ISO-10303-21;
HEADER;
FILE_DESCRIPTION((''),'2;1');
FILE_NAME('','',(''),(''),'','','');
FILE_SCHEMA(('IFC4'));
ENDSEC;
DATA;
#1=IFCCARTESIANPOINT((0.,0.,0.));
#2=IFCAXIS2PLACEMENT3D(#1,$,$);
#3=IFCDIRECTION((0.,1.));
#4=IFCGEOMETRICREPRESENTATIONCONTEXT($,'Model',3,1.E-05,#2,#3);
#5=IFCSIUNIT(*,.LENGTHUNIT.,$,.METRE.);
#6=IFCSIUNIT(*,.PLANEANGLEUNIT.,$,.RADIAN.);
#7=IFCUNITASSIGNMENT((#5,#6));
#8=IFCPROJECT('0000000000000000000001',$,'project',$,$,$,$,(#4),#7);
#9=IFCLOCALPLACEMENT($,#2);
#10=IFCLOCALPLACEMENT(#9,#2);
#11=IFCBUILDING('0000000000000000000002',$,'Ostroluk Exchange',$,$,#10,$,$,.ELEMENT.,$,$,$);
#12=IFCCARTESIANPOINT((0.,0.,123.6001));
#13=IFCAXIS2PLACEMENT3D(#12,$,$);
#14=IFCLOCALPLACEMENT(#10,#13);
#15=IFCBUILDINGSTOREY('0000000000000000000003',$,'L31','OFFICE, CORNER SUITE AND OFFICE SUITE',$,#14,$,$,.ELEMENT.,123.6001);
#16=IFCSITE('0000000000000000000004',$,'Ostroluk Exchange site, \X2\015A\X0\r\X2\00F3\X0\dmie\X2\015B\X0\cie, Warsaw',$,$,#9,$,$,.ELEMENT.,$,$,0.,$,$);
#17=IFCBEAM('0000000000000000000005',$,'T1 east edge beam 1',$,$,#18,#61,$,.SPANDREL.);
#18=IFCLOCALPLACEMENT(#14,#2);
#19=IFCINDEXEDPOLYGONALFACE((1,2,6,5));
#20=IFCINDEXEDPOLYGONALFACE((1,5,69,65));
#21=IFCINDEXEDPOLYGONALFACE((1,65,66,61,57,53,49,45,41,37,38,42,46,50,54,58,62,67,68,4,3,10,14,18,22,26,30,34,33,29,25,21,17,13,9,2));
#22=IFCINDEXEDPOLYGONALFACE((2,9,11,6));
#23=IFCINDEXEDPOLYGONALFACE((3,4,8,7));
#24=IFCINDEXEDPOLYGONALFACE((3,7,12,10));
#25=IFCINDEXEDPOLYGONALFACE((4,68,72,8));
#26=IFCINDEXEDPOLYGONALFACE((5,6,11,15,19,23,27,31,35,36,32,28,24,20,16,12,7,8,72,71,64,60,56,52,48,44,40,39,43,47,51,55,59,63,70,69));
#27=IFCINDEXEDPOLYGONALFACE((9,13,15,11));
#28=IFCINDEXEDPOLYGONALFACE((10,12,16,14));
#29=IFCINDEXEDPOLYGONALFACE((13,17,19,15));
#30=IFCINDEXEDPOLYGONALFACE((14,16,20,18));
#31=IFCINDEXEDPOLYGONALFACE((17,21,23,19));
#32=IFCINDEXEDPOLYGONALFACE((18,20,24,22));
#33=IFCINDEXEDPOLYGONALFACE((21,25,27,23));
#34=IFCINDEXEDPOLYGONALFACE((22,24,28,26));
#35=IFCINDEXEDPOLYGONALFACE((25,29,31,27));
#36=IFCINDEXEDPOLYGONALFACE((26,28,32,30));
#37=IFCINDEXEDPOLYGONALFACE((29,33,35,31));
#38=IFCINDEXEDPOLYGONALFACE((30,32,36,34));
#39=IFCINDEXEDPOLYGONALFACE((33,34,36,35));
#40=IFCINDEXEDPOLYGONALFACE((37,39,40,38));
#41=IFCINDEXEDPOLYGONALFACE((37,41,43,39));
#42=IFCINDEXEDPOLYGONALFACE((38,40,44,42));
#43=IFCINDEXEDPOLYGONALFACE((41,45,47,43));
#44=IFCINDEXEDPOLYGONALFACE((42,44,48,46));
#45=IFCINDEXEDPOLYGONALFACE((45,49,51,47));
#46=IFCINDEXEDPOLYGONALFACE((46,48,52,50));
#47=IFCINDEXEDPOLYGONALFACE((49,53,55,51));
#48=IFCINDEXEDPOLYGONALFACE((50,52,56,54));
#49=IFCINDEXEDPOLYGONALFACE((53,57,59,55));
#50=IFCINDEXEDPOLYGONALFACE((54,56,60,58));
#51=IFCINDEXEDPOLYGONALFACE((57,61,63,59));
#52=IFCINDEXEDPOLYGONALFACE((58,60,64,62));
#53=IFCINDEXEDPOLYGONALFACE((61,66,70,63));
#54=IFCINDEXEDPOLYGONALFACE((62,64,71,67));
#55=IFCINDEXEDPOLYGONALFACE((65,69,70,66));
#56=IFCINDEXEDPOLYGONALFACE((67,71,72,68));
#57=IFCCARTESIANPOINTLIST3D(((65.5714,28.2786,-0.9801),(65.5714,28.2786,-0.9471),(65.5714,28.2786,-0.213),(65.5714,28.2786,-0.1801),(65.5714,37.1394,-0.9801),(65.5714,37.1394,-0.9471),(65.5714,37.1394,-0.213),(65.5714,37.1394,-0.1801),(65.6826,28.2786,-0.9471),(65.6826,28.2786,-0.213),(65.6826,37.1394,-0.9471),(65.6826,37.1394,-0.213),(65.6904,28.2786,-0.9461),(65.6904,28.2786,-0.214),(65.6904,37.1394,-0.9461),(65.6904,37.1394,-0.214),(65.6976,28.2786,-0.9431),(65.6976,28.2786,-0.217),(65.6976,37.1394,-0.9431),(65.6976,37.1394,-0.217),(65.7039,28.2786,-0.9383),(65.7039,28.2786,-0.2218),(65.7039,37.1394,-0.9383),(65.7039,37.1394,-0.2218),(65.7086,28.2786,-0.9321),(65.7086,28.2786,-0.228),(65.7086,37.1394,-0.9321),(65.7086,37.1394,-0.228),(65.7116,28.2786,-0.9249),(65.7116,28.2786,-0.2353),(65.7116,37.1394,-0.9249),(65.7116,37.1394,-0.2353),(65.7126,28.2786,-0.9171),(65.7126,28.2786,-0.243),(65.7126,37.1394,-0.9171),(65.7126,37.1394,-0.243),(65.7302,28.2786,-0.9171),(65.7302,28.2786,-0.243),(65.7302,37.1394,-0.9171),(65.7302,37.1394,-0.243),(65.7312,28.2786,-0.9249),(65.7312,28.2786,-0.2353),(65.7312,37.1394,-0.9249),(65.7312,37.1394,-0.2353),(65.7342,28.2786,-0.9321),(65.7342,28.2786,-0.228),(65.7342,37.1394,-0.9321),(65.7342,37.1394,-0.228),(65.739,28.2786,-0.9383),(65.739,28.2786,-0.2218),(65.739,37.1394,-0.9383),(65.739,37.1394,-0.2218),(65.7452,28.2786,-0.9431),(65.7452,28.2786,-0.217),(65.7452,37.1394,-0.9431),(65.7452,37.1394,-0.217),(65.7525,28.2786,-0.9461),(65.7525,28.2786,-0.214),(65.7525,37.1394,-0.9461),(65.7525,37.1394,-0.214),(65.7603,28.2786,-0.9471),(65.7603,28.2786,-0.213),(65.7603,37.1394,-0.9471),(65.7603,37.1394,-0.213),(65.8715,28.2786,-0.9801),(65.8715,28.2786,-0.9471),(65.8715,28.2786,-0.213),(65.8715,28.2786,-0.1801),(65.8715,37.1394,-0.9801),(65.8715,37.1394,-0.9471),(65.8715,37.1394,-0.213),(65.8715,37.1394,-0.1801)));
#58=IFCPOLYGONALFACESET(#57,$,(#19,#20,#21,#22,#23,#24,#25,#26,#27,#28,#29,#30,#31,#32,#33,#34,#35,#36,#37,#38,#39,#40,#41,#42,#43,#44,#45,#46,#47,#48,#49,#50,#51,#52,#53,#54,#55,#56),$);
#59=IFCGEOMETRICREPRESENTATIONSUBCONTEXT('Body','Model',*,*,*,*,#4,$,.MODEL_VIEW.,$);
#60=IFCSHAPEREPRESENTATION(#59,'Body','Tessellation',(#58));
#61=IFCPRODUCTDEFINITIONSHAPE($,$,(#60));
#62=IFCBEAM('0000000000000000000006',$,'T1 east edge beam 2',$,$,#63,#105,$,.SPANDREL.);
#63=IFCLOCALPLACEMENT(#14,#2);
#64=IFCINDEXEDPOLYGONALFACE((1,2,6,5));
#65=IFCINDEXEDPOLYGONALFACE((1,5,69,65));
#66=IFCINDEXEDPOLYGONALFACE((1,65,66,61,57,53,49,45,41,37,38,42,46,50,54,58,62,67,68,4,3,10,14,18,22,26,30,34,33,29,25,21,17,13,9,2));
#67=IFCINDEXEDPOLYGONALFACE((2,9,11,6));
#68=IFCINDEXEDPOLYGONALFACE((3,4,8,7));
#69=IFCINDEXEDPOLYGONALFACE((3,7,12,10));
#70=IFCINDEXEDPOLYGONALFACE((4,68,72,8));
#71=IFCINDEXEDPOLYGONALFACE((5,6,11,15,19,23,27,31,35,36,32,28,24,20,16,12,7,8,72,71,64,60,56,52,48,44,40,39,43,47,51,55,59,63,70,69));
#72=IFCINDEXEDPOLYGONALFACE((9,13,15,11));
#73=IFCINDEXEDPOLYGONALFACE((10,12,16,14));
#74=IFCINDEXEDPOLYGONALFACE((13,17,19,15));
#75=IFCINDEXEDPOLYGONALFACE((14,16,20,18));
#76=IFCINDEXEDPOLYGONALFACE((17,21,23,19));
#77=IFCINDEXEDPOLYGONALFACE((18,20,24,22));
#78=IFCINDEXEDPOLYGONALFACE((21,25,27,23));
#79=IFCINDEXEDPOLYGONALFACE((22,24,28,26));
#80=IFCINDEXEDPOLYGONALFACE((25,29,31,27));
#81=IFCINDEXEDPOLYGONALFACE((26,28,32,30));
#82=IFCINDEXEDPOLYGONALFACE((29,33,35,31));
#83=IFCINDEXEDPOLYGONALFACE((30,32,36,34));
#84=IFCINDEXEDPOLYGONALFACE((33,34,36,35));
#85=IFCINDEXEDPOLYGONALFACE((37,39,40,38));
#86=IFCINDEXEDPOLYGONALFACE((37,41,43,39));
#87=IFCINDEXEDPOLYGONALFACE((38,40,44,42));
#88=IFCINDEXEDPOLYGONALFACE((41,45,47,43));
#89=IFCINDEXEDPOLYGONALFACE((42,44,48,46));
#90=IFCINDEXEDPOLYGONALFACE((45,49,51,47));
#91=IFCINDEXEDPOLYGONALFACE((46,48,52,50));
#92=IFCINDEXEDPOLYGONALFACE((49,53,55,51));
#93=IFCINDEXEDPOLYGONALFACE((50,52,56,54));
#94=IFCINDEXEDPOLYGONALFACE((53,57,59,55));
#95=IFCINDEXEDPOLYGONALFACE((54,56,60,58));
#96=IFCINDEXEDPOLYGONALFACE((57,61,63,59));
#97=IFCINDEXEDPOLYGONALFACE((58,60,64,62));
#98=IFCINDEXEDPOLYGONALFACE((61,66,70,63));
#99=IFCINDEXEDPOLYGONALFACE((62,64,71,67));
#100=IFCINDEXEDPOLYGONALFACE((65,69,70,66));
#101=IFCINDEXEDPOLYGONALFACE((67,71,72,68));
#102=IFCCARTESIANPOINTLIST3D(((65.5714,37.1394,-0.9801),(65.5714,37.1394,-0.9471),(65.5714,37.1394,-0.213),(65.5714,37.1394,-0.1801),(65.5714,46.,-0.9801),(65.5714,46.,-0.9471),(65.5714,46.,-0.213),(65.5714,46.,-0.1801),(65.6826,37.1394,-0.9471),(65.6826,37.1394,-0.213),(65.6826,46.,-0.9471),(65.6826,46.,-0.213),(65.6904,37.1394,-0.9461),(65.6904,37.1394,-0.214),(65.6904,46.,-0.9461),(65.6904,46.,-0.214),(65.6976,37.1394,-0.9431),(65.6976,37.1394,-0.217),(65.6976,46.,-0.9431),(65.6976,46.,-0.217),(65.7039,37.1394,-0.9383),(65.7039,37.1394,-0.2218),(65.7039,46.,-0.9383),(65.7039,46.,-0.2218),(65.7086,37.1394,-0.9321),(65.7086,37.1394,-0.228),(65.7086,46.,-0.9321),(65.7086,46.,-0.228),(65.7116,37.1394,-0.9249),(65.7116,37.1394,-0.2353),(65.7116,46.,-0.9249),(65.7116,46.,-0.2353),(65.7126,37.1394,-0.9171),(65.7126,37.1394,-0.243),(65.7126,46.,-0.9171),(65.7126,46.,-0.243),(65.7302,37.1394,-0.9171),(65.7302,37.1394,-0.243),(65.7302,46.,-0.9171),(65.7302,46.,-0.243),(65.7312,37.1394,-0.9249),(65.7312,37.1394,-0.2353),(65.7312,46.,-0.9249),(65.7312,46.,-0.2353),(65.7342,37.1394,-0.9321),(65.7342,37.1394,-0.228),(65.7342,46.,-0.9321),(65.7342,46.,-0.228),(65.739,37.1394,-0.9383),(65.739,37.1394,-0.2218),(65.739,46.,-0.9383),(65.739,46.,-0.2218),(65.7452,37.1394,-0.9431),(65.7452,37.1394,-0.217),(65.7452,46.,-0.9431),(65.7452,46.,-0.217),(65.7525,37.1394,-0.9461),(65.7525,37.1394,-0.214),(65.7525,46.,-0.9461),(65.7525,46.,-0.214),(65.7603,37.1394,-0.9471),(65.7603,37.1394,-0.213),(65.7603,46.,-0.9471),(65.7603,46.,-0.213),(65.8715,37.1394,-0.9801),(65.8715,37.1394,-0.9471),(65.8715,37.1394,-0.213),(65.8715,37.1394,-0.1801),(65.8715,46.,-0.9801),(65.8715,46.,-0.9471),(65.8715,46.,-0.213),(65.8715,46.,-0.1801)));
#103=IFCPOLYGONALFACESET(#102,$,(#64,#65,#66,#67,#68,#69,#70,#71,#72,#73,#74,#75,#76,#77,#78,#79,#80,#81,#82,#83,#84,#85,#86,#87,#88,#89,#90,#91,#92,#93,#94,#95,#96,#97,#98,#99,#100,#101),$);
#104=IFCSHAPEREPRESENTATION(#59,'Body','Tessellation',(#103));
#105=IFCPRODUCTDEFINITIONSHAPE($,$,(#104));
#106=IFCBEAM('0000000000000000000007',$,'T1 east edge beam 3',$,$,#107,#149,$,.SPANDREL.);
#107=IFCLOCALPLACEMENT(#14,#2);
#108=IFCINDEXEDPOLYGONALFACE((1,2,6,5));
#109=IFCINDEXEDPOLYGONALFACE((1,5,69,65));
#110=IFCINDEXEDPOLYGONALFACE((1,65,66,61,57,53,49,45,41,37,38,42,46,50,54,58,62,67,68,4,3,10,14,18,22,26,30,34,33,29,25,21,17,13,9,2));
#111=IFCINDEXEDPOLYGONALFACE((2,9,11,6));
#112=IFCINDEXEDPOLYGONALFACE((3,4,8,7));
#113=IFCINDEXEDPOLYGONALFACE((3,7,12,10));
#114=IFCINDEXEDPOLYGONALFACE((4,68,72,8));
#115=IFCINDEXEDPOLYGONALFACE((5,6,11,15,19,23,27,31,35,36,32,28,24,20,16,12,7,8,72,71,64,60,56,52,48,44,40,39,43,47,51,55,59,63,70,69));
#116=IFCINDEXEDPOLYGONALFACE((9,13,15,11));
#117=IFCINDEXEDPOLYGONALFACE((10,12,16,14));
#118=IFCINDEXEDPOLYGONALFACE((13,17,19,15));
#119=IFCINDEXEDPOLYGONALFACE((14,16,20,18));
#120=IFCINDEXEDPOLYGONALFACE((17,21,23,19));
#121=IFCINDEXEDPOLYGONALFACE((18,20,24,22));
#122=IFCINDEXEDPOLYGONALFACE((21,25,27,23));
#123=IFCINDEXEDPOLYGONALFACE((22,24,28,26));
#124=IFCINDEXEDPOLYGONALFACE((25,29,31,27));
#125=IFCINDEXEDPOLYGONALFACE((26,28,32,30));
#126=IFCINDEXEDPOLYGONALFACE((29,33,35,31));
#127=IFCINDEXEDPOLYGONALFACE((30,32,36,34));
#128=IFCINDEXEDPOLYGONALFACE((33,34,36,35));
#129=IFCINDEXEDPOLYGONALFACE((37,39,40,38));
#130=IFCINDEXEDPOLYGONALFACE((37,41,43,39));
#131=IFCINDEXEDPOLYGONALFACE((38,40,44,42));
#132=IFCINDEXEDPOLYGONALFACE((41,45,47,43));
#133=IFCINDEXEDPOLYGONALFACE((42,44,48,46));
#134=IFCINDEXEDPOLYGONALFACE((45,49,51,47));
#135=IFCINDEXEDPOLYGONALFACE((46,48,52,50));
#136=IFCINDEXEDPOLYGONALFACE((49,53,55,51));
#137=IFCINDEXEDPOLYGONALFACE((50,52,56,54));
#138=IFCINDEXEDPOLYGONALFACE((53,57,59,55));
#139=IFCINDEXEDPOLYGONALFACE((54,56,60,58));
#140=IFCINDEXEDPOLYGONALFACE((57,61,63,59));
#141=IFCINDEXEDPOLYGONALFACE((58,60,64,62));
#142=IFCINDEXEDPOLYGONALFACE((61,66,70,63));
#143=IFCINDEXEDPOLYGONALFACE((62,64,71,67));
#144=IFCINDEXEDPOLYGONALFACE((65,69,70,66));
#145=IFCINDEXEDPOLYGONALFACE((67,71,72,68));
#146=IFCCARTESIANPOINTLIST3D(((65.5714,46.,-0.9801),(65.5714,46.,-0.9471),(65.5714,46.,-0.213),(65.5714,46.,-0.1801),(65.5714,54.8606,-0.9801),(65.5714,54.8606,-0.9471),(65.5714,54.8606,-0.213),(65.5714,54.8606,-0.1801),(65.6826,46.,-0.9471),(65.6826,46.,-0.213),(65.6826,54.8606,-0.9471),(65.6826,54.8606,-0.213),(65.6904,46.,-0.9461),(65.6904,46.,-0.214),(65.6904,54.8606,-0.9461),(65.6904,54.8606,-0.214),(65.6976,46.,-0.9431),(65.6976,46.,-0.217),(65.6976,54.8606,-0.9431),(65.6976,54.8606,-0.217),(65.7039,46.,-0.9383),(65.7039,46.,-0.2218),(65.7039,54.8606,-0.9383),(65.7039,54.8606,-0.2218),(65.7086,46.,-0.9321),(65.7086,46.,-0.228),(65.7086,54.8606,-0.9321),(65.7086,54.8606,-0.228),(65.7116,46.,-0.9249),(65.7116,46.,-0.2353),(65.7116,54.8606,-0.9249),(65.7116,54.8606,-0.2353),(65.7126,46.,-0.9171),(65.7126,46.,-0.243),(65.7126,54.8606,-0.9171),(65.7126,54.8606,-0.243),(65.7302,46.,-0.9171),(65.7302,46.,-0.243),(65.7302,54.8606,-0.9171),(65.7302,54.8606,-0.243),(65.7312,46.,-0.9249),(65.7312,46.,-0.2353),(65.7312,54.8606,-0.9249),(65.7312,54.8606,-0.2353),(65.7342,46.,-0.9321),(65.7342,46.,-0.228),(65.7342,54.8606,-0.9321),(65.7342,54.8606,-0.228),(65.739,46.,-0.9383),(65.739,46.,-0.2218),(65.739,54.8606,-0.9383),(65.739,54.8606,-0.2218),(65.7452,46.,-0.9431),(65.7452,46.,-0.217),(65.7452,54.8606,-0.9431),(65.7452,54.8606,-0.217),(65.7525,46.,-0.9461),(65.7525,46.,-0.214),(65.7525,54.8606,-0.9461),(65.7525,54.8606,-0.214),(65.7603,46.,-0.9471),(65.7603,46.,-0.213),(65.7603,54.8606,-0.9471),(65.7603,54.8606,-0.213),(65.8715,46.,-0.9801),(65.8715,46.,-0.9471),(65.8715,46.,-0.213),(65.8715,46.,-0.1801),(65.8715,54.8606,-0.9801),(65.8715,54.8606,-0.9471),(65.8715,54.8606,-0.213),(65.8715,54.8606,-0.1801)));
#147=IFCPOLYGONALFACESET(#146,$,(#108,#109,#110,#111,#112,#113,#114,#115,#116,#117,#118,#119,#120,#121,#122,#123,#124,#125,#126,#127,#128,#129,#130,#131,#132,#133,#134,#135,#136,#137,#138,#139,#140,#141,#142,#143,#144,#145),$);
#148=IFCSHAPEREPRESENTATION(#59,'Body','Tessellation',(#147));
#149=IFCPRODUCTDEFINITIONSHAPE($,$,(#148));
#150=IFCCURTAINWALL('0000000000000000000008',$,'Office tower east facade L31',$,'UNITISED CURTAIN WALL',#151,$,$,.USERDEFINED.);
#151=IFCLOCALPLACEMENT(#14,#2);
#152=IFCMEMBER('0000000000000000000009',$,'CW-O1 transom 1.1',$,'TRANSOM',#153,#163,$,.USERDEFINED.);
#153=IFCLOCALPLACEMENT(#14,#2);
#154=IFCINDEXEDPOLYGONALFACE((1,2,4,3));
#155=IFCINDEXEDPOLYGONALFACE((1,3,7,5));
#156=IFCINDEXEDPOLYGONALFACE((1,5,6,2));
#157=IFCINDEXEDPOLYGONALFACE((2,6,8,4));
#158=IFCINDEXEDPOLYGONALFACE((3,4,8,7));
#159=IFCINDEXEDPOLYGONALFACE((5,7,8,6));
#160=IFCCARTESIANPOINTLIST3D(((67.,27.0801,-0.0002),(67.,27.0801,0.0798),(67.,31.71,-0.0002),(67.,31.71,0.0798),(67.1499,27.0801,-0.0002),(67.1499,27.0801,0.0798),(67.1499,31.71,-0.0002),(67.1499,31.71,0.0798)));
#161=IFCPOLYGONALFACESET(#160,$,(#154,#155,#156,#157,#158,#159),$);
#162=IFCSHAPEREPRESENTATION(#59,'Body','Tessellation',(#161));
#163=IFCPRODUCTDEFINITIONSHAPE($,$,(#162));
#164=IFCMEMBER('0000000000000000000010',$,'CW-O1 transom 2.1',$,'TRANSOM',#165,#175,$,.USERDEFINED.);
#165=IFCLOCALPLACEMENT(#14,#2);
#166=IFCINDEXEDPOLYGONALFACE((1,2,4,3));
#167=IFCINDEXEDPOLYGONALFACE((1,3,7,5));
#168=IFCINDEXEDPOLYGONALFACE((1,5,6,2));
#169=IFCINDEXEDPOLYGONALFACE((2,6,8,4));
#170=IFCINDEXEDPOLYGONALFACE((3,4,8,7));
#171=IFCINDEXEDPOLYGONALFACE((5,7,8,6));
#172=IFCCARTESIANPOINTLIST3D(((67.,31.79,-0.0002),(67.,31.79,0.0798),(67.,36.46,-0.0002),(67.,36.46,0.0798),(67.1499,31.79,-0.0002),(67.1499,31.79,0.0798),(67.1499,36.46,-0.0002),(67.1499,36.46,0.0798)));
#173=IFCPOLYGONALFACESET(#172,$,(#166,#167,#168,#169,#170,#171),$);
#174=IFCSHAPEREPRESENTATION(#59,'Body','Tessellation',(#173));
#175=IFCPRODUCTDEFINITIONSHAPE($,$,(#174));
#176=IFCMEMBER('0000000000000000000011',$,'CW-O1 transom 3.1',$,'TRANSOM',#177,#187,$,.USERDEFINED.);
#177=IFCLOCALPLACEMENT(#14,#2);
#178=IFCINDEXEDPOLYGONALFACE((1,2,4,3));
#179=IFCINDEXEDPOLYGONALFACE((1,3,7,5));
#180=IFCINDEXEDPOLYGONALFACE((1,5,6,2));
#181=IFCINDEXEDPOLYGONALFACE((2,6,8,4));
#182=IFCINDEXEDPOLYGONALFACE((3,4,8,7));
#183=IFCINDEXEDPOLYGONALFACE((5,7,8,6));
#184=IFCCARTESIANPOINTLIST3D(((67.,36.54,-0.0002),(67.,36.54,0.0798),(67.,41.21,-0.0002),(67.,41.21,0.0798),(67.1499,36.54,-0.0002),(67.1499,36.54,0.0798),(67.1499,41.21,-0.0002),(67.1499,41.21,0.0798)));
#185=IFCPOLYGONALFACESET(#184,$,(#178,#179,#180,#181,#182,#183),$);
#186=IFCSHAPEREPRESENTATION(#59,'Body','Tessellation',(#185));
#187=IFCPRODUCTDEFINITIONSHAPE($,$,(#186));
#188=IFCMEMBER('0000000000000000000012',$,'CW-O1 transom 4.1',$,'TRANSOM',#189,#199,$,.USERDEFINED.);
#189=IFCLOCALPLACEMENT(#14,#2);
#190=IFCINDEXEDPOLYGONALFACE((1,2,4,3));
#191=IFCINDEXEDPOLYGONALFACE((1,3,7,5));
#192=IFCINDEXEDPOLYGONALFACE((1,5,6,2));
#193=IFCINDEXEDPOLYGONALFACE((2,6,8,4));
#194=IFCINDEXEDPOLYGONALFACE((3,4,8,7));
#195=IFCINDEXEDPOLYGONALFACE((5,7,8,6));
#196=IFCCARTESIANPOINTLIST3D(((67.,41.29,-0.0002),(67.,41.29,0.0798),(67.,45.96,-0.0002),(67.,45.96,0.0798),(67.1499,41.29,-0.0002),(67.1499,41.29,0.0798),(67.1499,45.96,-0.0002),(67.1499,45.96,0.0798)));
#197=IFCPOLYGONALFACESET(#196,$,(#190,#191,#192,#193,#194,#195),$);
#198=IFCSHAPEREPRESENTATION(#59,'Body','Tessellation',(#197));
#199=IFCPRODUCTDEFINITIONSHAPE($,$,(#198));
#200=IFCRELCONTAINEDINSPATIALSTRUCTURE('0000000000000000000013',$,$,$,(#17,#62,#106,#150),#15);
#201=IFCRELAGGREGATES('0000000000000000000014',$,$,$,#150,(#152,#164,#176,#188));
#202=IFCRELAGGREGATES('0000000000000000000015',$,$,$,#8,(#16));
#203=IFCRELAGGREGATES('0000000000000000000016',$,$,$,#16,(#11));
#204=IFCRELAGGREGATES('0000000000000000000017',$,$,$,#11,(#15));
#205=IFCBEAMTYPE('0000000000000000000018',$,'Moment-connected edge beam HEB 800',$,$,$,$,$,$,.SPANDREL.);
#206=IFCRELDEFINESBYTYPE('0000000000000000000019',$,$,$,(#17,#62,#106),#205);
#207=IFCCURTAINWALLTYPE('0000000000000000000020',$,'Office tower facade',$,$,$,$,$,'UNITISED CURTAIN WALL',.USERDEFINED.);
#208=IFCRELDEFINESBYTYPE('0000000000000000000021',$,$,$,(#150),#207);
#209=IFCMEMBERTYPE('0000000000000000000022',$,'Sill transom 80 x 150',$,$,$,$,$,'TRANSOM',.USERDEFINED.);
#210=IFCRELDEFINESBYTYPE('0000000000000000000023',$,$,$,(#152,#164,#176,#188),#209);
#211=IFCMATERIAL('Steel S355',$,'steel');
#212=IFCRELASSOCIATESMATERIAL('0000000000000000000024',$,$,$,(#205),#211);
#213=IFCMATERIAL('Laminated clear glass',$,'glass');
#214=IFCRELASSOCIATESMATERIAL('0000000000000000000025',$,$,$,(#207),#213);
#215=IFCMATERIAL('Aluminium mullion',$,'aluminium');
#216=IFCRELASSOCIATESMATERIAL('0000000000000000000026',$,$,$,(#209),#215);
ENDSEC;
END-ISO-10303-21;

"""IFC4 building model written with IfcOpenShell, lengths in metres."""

from ifc_helpers import new_model, si_unit, direction, frame, origin, origin_2d, place, context, subcontext, project, spatial, rectangle, i_section, extrude, material, material_profile, profile_set, type_object, element, aggregate, save


model = new_model("IFC4")

# Units and contexts
model_context = context("Model", 3, precision=1e-05, world=origin(), true_north=direction((0.0, 1.0)))
body_context = subcontext(model_context, "Body", "Model", "MODEL_VIEW")
ifc_project = project(units=[si_unit("LENGTHUNIT", "METRE"), si_unit("PLANEANGLEUNIT", "RADIAN")], contexts=[model_context])

# Site, building, storey
site_placement = place(None, origin())
site = spatial("IfcSite", under=ifc_project, at=site_placement, Name="Ostroluk Exchange site, Śródmieście, Warsaw", CompositionType="ELEMENT", RefElevation=0.0)
building_placement = place(site_placement, origin())
building = spatial("IfcBuilding", under=site, at=building_placement, Name="Ostroluk Exchange", CompositionType="ELEMENT")
storey_placement = place(building_placement, frame((0.0, 0.0, 123.6001)))
storey = spatial("IfcBuildingStorey", under=building, at=storey_placement, Name="L31", Description="OFFICE, CORNER SUITE AND OFFICE SUITE", CompositionType="ELEMENT", Elevation=123.6001)

# Beams
ifc_material_1 = material(Name="Steel S355", Category="steel")
ifc_material_profile_1 = material_profile(ifc_material_1, i_section(OverallWidth=0.3, OverallDepth=0.8, WebThickness=0.0176, FlangeThickness=0.033, FilletRadius=0.03, at=origin_2d()), Name="HEB 800")
ifc_profile_set_1 = profile_set([ifc_material_profile_1], Name="Steel S355")
beam_type_1 = type_object("IfcBeamType", Name="Moment-connected edge beam HEB 800", PredefinedType="SPANDREL", material=ifc_profile_set_1)
beam_1_placement = place(storey_placement, frame((65.7214, 28.2786, -0.5801), z_axis=(0.0, 1.0, 0.0), x_axis=(-1.0, 0.0, 0.0)))
element("IfcBeam", 1, at=beam_1_placement, inside=storey, type_object=beam_type_1, Name="T1 east edge beam 1", PredefinedType="SPANDREL", context=body_context, shape_type="SweptSolid", body=[
    extrude(i_section(OverallWidth=0.3, OverallDepth=0.8, WebThickness=0.0176, FlangeThickness=0.033, FilletRadius=0.03, at=origin_2d()), origin(), (0.0, 0.0, 1.0), 8.8608),
])
for number, where, z_axis, x_axis, name in (
    (2, (65.7214, 37.1394, -0.5801), (0.0, 1.0, 0.0), (-1.0, 0.0, 0.0), "T1 east edge beam 2"),
    (3, (65.7214, 46.0, -0.5801), (0.0, 1.0, 0.0), (-1.0, 0.0, 0.0), "T1 east edge beam 3"),
):
    element("IfcBeam", number, at=place(storey_placement, frame(where, z_axis=z_axis, x_axis=x_axis)), inside=storey, type_object=beam_type_1, Name=name, PredefinedType="SPANDREL", context=body_context, shape_type="SweptSolid", body=[
        extrude(i_section(OverallWidth=0.3, OverallDepth=0.8, WebThickness=0.0176, FlangeThickness=0.033, FilletRadius=0.03, at=origin_2d()), origin(), (0.0, 0.0, 1.0), 8.8606),
    ])

# Curtain wall, members
ifc_material_2 = material(Name="Laminated clear glass", Category="glass")
curtain_wall_type_1 = type_object("IfcCurtainWallType", Name="Office tower facade", ElementType="UNITISED CURTAIN WALL", PredefinedType="USERDEFINED", material=ifc_material_2)
curtain_wall_1_placement = place(storey_placement, origin())
curtain_wall_1 = element("IfcCurtainWall", 4, at=curtain_wall_1_placement, inside=storey, type_object=curtain_wall_type_1, Name="Office tower east facade L31", ObjectType="UNITISED CURTAIN WALL", PredefinedType="USERDEFINED")
ifc_material_3 = material(Name="Aluminium mullion", Category="aluminium")
ifc_material_profile_2 = material_profile(ifc_material_3, rectangle(XDim=0.1499, YDim=0.0801, at=origin_2d()), Name="Sill transom 80 x 150")
ifc_profile_set_2 = profile_set([ifc_material_profile_2], Name="Aluminium mullion")
member_type_1 = type_object("IfcMemberType", Name="Sill transom 80 x 150", ElementType="TRANSOM", PredefinedType="USERDEFINED", material=ifc_profile_set_2)
member_1_placement = place(storey_placement, frame((67.075, 27.0801, 0.0398), z_axis=(0.0, 1.0, 0.0), x_axis=(-1.0, 0.0, 0.0)))
member_1 = element("IfcMember", 5, at=member_1_placement, type_object=member_type_1, Name="CW-O1 transom 1.1", ObjectType="TRANSOM", PredefinedType="USERDEFINED", context=body_context, shape_type="SweptSolid", body=[
    extrude(rectangle(XDim=0.1499, YDim=0.0801, at=origin_2d()), origin(), (0.0, 0.0, 1.0), 4.6299),
])
member_2_placement = place(storey_placement, frame((67.075, 31.79, 0.0398), z_axis=(0.0, 1.0, 0.0), x_axis=(-1.0, 0.0, 0.0)))
member_2 = element("IfcMember", 6, at=member_2_placement, type_object=member_type_1, Name="CW-O1 transom 2.1", ObjectType="TRANSOM", PredefinedType="USERDEFINED", context=body_context, shape_type="SweptSolid", body=[
    extrude(rectangle(XDim=0.1499, YDim=0.0801, at=origin_2d()), origin(), (0.0, 0.0, 1.0), 4.6699),
])
member_3_placement = place(storey_placement, frame((67.075, 36.54, 0.0398), z_axis=(0.0, 1.0, 0.0), x_axis=(-1.0, 0.0, 0.0)))
member_3 = element("IfcMember", 7, at=member_3_placement, type_object=member_type_1, Name="CW-O1 transom 3.1", ObjectType="TRANSOM", PredefinedType="USERDEFINED", context=body_context, shape_type="SweptSolid", body=[
    extrude(rectangle(XDim=0.1499, YDim=0.0801, at=origin_2d()), origin(), (0.0, 0.0, 1.0), 4.6699),
])
member_4_placement = place(storey_placement, frame((67.075, 41.29, 0.0398), z_axis=(0.0, 1.0, 0.0), x_axis=(-1.0, 0.0, 0.0)))
member_4 = element("IfcMember", 8, at=member_4_placement, type_object=member_type_1, Name="CW-O1 transom 4.1", ObjectType="TRANSOM", PredefinedType="USERDEFINED", context=body_context, shape_type="SweptSolid", body=[
    extrude(rectangle(XDim=0.1499, YDim=0.0801, at=origin_2d()), origin(), (0.0, 0.0, 1.0), 4.6699),
])

aggregate(curtain_wall_1, [member_1, member_2, member_3, member_4])

save(model, "model.ifc")
